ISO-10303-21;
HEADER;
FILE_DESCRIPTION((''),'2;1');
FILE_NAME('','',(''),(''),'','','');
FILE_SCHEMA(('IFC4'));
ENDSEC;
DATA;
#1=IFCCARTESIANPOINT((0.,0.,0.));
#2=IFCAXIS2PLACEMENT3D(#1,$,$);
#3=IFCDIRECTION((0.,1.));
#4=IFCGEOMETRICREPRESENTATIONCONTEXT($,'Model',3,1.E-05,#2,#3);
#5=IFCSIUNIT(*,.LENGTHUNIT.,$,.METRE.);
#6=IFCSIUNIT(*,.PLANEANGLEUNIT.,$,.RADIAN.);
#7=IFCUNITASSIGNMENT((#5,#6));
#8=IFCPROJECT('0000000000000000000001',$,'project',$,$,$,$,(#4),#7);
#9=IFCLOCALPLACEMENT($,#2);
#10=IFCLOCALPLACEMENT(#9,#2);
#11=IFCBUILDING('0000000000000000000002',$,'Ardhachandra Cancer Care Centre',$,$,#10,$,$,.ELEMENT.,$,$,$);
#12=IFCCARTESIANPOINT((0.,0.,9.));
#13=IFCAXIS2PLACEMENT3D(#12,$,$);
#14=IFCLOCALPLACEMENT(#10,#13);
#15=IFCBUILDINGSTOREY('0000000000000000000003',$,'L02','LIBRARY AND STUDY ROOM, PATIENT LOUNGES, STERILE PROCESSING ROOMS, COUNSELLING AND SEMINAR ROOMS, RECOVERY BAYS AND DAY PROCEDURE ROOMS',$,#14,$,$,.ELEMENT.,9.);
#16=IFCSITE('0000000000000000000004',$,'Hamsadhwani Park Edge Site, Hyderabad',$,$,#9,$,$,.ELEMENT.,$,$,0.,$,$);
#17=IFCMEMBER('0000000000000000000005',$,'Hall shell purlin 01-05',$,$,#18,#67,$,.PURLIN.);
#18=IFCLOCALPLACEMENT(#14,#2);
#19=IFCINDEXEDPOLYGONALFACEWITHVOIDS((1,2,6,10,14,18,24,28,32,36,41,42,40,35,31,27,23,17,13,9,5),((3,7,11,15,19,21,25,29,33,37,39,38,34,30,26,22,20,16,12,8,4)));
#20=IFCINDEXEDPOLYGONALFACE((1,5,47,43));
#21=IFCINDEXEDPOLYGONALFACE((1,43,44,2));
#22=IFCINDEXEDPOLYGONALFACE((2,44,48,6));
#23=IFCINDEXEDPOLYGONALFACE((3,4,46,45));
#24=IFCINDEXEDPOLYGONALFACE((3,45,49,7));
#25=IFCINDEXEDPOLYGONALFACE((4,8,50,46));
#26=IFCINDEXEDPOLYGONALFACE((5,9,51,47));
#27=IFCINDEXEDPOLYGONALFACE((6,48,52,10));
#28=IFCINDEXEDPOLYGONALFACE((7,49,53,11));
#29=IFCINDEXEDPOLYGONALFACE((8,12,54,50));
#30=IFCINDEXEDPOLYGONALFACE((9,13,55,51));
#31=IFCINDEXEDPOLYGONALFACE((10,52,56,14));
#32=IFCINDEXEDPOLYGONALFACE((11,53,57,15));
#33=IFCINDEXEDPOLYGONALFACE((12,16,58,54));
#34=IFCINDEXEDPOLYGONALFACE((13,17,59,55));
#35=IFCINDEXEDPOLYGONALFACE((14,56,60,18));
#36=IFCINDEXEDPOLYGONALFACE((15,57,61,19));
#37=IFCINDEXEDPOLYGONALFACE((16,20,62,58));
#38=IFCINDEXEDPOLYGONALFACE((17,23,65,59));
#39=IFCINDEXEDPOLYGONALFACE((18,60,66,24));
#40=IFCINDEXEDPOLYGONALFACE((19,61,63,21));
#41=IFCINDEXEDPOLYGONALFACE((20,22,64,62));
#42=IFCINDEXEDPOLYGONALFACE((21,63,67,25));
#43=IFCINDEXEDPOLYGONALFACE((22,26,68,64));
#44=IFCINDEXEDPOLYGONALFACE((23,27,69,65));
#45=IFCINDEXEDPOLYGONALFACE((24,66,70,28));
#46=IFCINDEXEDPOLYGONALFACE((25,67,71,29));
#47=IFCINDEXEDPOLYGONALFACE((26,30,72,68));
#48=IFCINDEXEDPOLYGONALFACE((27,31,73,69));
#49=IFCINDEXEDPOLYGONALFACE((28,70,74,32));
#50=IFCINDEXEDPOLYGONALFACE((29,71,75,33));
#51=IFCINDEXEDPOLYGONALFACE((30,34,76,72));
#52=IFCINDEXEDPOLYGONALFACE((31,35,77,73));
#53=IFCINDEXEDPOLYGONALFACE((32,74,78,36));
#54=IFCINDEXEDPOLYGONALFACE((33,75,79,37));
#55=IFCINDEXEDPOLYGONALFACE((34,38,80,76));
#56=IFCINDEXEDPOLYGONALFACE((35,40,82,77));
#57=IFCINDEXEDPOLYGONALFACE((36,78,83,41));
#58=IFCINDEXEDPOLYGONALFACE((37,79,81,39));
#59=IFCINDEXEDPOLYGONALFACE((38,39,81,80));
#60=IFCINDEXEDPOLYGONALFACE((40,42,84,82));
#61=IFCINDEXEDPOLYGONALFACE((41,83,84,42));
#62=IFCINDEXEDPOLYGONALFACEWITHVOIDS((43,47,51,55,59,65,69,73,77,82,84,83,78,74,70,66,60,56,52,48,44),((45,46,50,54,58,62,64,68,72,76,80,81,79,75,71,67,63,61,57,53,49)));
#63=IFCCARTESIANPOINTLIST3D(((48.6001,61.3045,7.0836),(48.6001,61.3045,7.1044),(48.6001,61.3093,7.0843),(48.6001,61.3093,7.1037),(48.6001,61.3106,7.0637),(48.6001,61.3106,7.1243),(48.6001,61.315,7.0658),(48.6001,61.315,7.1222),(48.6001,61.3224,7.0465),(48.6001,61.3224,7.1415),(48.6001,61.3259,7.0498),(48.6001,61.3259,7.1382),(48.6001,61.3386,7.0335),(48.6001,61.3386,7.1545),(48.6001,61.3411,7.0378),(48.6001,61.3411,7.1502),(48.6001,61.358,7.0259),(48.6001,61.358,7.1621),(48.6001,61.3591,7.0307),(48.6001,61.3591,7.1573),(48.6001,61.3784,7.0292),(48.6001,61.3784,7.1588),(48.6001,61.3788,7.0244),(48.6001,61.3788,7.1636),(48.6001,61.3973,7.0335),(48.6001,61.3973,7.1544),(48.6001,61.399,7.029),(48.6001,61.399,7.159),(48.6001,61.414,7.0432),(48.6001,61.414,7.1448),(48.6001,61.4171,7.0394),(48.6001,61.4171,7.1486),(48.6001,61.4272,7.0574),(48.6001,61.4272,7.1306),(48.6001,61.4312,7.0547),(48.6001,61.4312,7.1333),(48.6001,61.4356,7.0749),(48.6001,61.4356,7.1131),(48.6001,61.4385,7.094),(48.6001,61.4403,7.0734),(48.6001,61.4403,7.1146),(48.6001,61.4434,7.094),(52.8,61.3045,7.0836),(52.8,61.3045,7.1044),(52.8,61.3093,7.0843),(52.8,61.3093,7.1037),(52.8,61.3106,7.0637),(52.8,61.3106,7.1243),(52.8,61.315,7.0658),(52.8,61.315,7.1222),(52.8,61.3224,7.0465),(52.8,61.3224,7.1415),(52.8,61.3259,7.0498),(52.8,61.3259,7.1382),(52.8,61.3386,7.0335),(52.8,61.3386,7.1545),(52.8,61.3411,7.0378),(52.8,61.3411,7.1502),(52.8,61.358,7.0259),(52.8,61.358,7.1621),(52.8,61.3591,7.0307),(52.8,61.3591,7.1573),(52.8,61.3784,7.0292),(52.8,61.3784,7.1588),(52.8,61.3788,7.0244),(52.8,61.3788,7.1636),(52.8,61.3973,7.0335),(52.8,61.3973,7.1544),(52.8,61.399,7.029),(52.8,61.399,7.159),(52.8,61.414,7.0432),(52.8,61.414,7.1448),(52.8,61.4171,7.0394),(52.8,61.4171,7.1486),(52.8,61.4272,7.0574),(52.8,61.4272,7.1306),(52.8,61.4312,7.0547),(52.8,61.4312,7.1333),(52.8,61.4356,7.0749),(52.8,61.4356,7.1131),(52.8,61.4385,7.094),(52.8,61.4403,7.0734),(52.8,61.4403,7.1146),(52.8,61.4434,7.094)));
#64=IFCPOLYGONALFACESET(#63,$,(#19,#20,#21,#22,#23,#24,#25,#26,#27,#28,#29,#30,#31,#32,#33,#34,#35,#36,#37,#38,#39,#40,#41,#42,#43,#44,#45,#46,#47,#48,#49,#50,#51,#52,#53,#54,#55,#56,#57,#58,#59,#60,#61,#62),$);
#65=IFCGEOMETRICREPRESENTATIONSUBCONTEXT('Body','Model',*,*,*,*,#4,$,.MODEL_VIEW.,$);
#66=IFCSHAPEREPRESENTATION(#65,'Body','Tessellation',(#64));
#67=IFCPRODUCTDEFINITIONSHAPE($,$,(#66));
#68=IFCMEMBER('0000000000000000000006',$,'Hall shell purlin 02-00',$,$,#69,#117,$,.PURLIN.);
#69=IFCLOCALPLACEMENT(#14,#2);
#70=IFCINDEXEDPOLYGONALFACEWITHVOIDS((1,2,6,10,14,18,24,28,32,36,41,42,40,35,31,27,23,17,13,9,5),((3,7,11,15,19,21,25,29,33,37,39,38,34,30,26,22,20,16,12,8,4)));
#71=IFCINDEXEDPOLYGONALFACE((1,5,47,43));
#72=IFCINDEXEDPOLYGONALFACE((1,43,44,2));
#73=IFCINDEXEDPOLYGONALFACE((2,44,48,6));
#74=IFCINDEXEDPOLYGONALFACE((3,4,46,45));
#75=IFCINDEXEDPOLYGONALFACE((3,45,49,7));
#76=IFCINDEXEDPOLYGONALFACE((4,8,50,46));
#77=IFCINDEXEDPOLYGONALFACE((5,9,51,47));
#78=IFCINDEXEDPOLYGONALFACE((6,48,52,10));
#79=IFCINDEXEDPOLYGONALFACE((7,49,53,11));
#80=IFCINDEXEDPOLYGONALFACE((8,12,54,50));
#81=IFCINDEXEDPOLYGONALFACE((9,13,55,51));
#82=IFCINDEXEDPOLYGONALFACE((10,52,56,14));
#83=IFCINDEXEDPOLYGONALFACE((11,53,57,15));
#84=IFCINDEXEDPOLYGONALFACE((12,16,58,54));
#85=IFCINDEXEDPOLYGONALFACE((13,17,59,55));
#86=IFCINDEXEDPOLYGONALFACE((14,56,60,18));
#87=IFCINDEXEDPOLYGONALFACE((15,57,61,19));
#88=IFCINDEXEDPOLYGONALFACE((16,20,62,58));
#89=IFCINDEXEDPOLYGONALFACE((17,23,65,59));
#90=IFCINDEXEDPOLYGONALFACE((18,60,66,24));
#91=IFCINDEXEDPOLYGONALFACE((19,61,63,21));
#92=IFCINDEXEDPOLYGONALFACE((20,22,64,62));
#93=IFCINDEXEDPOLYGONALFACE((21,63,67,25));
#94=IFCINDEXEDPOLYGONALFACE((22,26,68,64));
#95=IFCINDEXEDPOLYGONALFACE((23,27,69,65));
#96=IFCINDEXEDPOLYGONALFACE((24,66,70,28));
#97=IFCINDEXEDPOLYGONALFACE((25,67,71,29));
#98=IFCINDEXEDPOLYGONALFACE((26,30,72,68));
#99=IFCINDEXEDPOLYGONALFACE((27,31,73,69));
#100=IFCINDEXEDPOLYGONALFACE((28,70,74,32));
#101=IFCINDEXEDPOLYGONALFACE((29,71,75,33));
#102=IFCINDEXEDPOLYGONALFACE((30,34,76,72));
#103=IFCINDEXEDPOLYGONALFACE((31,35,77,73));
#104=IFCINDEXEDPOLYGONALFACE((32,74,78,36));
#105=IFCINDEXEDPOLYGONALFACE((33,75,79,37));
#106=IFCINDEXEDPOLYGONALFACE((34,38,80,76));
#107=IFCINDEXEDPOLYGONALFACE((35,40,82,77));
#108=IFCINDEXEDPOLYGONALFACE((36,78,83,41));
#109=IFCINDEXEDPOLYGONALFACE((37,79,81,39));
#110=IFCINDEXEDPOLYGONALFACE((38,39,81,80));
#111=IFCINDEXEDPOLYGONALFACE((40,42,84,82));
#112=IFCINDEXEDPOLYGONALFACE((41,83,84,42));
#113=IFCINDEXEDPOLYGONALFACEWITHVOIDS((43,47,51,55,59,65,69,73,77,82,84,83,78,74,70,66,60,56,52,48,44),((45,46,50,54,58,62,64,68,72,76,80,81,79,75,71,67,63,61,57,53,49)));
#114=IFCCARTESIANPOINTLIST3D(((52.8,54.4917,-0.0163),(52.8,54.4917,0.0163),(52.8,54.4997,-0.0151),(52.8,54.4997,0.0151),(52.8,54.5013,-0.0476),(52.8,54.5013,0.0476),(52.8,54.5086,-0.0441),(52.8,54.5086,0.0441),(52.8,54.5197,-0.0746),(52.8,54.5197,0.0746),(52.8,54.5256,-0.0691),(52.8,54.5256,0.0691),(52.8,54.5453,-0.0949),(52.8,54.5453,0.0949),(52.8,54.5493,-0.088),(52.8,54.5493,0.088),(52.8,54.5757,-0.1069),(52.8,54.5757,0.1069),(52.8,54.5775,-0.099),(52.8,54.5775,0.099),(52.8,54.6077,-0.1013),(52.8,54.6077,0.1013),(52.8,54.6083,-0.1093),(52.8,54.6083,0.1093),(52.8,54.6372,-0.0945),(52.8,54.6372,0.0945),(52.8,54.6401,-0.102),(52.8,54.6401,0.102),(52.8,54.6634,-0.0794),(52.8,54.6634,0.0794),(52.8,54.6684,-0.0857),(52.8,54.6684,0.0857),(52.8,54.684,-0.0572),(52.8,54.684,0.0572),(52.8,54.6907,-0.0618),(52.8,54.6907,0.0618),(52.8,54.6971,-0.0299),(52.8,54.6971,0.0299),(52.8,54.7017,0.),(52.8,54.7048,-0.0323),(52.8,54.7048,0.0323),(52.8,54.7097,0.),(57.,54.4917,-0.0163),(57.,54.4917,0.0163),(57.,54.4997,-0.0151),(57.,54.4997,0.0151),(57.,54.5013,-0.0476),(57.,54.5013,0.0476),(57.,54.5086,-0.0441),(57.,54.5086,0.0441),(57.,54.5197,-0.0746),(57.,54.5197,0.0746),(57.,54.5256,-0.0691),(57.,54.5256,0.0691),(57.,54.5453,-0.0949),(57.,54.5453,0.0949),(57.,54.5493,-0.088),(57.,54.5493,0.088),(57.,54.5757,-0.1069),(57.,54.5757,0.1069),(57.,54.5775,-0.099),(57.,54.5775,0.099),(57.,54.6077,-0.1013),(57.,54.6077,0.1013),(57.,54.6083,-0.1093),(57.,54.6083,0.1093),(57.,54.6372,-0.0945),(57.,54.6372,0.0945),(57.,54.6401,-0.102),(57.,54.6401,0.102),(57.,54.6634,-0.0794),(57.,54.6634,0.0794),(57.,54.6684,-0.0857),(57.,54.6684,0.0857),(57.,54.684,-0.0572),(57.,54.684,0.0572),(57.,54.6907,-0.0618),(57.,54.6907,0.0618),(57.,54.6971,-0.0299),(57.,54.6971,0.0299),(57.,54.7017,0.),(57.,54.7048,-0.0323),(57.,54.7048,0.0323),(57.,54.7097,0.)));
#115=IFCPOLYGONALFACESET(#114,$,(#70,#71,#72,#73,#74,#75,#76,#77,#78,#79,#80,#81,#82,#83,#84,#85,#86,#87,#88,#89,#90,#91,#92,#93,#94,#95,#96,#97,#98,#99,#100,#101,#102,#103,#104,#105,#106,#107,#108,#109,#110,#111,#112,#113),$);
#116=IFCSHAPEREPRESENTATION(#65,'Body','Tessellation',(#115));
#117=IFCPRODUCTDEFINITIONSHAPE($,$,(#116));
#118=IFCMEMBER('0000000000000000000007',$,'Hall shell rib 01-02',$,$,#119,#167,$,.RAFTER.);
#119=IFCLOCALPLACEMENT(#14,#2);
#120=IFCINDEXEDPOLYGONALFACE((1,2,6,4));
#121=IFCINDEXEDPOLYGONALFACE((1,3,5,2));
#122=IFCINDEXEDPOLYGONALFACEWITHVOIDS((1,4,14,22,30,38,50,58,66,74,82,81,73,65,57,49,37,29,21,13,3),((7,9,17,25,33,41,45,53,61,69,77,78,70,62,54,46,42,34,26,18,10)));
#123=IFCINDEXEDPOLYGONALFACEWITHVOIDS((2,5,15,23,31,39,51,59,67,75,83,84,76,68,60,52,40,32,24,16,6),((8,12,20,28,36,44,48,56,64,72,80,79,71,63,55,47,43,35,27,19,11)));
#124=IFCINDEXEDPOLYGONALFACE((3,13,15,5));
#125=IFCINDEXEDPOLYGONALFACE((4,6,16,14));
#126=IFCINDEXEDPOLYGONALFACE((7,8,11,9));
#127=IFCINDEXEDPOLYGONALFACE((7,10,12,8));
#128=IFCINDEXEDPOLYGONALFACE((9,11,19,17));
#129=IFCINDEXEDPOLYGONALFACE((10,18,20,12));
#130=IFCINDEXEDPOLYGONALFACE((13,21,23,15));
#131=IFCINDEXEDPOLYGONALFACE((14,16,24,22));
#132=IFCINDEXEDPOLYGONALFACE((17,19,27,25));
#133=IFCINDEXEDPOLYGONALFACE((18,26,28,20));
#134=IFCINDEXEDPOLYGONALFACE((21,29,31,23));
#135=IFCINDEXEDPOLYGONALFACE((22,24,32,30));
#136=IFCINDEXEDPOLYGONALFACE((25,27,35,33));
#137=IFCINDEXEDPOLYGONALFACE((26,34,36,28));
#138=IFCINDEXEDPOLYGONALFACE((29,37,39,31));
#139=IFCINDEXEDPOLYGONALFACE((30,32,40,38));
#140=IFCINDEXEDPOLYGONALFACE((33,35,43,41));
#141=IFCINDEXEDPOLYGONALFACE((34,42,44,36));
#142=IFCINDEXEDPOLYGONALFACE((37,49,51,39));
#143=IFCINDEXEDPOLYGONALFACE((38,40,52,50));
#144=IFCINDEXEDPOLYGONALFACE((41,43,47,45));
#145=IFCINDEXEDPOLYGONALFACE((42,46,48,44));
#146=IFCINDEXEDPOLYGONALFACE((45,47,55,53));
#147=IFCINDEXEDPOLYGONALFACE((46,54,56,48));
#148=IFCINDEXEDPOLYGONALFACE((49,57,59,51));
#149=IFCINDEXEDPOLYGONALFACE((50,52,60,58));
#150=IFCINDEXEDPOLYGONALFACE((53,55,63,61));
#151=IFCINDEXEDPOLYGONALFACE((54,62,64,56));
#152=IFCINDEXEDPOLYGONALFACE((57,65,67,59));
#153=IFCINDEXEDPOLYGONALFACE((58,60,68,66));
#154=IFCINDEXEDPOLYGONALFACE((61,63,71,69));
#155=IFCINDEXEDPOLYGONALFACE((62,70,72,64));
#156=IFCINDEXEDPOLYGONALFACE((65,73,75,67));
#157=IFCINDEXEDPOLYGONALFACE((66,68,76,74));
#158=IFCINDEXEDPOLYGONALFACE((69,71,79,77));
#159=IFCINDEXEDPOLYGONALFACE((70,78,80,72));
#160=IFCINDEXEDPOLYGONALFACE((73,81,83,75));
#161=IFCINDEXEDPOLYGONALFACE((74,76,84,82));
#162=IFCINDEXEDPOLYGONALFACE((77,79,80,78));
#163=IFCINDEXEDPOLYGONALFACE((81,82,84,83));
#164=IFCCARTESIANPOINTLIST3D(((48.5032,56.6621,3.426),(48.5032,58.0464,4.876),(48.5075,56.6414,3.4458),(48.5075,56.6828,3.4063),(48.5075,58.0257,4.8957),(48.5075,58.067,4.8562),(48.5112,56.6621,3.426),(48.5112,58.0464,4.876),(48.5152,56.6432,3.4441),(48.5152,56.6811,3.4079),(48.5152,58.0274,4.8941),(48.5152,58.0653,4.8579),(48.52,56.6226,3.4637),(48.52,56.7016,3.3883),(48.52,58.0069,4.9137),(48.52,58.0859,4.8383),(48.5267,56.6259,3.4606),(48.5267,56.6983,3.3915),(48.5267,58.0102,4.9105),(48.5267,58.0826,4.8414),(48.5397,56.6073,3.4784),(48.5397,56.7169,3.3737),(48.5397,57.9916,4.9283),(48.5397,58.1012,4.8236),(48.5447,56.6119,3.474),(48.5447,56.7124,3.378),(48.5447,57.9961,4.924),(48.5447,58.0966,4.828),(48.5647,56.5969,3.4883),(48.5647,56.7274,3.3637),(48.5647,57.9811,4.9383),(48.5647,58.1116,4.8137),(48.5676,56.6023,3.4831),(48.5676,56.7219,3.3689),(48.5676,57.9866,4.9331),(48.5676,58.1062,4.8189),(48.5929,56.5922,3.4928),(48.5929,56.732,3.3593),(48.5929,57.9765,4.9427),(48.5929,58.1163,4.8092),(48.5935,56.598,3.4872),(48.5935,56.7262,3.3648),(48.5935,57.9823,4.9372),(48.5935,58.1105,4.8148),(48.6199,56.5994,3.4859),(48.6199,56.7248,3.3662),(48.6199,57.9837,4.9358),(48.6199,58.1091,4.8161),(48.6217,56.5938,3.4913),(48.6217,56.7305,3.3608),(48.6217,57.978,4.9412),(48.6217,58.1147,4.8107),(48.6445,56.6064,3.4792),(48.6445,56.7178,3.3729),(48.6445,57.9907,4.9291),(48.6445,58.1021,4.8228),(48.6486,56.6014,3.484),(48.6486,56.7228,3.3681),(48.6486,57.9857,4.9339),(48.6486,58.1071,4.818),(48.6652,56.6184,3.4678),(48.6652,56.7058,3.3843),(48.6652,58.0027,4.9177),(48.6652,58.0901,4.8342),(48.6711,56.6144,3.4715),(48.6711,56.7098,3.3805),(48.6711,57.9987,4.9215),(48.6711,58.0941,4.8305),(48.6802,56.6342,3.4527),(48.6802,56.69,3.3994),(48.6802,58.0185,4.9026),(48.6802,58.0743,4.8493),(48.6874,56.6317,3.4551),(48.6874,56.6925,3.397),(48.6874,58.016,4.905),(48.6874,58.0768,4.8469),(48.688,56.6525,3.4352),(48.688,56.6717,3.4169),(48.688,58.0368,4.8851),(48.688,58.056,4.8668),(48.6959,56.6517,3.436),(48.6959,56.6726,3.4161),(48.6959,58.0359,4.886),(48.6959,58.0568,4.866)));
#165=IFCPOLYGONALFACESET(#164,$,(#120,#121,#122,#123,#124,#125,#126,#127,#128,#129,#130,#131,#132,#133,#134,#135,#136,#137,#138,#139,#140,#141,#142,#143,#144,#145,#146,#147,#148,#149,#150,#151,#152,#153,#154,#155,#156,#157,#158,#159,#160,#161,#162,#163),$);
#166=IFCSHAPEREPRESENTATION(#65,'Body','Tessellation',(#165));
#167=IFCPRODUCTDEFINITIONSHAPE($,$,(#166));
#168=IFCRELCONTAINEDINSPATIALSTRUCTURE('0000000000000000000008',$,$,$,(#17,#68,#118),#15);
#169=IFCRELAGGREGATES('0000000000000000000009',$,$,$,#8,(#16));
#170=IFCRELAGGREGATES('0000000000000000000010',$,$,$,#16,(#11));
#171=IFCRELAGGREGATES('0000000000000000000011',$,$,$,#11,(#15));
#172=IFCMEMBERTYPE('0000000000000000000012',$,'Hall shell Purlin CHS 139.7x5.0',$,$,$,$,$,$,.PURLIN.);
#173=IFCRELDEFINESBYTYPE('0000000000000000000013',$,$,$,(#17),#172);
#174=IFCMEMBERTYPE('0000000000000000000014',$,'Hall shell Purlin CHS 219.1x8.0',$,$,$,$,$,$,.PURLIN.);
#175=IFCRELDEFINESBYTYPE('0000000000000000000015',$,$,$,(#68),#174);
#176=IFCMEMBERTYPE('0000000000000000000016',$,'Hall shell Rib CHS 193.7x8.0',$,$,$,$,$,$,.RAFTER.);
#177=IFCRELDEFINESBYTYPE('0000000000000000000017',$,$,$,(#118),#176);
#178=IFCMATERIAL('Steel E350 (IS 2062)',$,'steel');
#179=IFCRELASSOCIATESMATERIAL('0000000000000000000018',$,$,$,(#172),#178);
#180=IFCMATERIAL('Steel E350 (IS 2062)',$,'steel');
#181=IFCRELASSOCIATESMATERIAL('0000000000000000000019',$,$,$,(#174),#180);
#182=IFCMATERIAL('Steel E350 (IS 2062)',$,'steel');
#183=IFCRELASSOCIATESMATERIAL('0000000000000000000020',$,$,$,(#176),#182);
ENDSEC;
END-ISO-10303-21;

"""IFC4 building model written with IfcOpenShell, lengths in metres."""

from ifc_helpers import new_model, si_unit, direction, frame, origin, origin_2d, place, context, subcontext, project, spatial, hollow_circle, extrude, material, material_profile, profile_set, type_object, element, save


model = new_model("IFC4")

# Units and contexts
model_context = context("Model", 3, precision=1e-05, world=origin(), true_north=direction((0.0, 1.0)))
body_context = subcontext(model_context, "Body", "Model", "MODEL_VIEW")
ifc_project = project(units=[si_unit("LENGTHUNIT", "METRE"), si_unit("PLANEANGLEUNIT", "RADIAN")], contexts=[model_context])

# Site, building, storey
site_placement = place(None, origin())
site = spatial("IfcSite", under=ifc_project, at=site_placement, Name="Hamsadhwani Park Edge Site, Hyderabad", CompositionType="ELEMENT", RefElevation=0.0)
building_placement = place(site_placement, origin())
building = spatial("IfcBuilding", under=site, at=building_placement, Name="Ardhachandra Cancer Care Centre", CompositionType="ELEMENT")
storey_placement = place(building_placement, frame((0.0, 0.0, 9.0)))
storey = spatial("IfcBuildingStorey", under=building, at=storey_placement, Name="L02", Description="LIBRARY AND STUDY ROOM, PATIENT LOUNGES, STERILE PROCESSING ROOMS, COUNSELLING AND SEMINAR ROOMS, RECOVERY BAYS AND DAY PROCEDURE ROOMS", CompositionType="ELEMENT", Elevation=9.0)

# Members
ifc_material_1 = material(Name="Steel E350 (IS 2062)", Category="steel")
ifc_material_profile_1 = material_profile(ifc_material_1, hollow_circle(Radius=0.0698, WallThickness=0.0049, at=origin_2d()), Name="CHS 139.7x5.0")
ifc_profile_set_1 = profile_set([ifc_material_profile_1], Name="Steel E350 (IS 2062)")
member_type_1 = type_object("IfcMemberType", Name="Hall shell Purlin CHS 139.7x5.0", PredefinedType="PURLIN", material=ifc_profile_set_1)
for number, where, z_axis, x_axis, name in (
    (1, (48.6001, 61.3735, 7.094), (1.0, 0.0, 0.0), (0.0, 1.0, 0.0), "Hall shell purlin 01-05"),
):
    element("IfcMember", number, at=place(storey_placement, frame(where, z_axis=z_axis, x_axis=x_axis)), inside=storey, type_object=member_type_1, Name=name, PredefinedType="PURLIN", context=body_context, shape_type="SweptSolid", body=[
        extrude(hollow_circle(Radius=0.0698, WallThickness=0.0049, at=origin_2d()), origin(), (0.0, 0.0, 1.0), 4.2),
    ])
ifc_material_2 = material(Name="Steel E350 (IS 2062)", Category="steel")
ifc_material_profile_2 = material_profile(ifc_material_2, hollow_circle(Radius=0.1096, WallThickness=0.0081, at=origin_2d()), Name="CHS 219.1x8.0")
ifc_profile_set_2 = profile_set([ifc_material_profile_2], Name="Steel E350 (IS 2062)")
member_type_2 = type_object("IfcMemberType", Name="Hall shell Purlin CHS 219.1x8.0", PredefinedType="PURLIN", material=ifc_profile_set_2)
member_1_placement = place(storey_placement, frame((52.8, 54.6001, 0.0), z_axis=(1.0, 0.0, 0.0), x_axis=(0.0, 1.0, 0.0)))
element("IfcMember", 2, at=member_1_placement, inside=storey, type_object=member_type_2, Name="Hall shell purlin 02-00", PredefinedType="PURLIN", context=body_context, shape_type="SweptSolid", body=[
    extrude(hollow_circle(Radius=0.1096, WallThickness=0.0081, at=origin_2d()), origin(), (0.0, 0.0, 1.0), 4.2),
])
ifc_material_3 = material(Name="Steel E350 (IS 2062)", Category="steel")
ifc_material_profile_3 = material_profile(ifc_material_3, hollow_circle(Radius=0.0969, WallThickness=0.0081, at=origin_2d()), Name="CHS 193.7x8.0")
ifc_profile_set_3 = profile_set([ifc_material_profile_3], Name="Steel E350 (IS 2062)")
member_type_3 = type_object("IfcMemberType", Name="Hall shell Rib CHS 193.7x8.0", PredefinedType="RAFTER", material=ifc_profile_set_3)
member_2_placement = place(storey_placement, frame((48.6001, 56.6621, 3.426), z_axis=(0.0, 0.690537, 0.723297), x_axis=(-1.0, 0.0, 0.0)))
element("IfcMember", 3, at=member_2_placement, inside=storey, type_object=member_type_3, Name="Hall shell rib 01-02", PredefinedType="RAFTER", context=body_context, shape_type="SweptSolid", body=[
    extrude(hollow_circle(Radius=0.0969, WallThickness=0.0081, at=origin_2d()), origin(), (0.0, 0.0, 1.0), 2.0046),
])

save(model, "model.ifc")
